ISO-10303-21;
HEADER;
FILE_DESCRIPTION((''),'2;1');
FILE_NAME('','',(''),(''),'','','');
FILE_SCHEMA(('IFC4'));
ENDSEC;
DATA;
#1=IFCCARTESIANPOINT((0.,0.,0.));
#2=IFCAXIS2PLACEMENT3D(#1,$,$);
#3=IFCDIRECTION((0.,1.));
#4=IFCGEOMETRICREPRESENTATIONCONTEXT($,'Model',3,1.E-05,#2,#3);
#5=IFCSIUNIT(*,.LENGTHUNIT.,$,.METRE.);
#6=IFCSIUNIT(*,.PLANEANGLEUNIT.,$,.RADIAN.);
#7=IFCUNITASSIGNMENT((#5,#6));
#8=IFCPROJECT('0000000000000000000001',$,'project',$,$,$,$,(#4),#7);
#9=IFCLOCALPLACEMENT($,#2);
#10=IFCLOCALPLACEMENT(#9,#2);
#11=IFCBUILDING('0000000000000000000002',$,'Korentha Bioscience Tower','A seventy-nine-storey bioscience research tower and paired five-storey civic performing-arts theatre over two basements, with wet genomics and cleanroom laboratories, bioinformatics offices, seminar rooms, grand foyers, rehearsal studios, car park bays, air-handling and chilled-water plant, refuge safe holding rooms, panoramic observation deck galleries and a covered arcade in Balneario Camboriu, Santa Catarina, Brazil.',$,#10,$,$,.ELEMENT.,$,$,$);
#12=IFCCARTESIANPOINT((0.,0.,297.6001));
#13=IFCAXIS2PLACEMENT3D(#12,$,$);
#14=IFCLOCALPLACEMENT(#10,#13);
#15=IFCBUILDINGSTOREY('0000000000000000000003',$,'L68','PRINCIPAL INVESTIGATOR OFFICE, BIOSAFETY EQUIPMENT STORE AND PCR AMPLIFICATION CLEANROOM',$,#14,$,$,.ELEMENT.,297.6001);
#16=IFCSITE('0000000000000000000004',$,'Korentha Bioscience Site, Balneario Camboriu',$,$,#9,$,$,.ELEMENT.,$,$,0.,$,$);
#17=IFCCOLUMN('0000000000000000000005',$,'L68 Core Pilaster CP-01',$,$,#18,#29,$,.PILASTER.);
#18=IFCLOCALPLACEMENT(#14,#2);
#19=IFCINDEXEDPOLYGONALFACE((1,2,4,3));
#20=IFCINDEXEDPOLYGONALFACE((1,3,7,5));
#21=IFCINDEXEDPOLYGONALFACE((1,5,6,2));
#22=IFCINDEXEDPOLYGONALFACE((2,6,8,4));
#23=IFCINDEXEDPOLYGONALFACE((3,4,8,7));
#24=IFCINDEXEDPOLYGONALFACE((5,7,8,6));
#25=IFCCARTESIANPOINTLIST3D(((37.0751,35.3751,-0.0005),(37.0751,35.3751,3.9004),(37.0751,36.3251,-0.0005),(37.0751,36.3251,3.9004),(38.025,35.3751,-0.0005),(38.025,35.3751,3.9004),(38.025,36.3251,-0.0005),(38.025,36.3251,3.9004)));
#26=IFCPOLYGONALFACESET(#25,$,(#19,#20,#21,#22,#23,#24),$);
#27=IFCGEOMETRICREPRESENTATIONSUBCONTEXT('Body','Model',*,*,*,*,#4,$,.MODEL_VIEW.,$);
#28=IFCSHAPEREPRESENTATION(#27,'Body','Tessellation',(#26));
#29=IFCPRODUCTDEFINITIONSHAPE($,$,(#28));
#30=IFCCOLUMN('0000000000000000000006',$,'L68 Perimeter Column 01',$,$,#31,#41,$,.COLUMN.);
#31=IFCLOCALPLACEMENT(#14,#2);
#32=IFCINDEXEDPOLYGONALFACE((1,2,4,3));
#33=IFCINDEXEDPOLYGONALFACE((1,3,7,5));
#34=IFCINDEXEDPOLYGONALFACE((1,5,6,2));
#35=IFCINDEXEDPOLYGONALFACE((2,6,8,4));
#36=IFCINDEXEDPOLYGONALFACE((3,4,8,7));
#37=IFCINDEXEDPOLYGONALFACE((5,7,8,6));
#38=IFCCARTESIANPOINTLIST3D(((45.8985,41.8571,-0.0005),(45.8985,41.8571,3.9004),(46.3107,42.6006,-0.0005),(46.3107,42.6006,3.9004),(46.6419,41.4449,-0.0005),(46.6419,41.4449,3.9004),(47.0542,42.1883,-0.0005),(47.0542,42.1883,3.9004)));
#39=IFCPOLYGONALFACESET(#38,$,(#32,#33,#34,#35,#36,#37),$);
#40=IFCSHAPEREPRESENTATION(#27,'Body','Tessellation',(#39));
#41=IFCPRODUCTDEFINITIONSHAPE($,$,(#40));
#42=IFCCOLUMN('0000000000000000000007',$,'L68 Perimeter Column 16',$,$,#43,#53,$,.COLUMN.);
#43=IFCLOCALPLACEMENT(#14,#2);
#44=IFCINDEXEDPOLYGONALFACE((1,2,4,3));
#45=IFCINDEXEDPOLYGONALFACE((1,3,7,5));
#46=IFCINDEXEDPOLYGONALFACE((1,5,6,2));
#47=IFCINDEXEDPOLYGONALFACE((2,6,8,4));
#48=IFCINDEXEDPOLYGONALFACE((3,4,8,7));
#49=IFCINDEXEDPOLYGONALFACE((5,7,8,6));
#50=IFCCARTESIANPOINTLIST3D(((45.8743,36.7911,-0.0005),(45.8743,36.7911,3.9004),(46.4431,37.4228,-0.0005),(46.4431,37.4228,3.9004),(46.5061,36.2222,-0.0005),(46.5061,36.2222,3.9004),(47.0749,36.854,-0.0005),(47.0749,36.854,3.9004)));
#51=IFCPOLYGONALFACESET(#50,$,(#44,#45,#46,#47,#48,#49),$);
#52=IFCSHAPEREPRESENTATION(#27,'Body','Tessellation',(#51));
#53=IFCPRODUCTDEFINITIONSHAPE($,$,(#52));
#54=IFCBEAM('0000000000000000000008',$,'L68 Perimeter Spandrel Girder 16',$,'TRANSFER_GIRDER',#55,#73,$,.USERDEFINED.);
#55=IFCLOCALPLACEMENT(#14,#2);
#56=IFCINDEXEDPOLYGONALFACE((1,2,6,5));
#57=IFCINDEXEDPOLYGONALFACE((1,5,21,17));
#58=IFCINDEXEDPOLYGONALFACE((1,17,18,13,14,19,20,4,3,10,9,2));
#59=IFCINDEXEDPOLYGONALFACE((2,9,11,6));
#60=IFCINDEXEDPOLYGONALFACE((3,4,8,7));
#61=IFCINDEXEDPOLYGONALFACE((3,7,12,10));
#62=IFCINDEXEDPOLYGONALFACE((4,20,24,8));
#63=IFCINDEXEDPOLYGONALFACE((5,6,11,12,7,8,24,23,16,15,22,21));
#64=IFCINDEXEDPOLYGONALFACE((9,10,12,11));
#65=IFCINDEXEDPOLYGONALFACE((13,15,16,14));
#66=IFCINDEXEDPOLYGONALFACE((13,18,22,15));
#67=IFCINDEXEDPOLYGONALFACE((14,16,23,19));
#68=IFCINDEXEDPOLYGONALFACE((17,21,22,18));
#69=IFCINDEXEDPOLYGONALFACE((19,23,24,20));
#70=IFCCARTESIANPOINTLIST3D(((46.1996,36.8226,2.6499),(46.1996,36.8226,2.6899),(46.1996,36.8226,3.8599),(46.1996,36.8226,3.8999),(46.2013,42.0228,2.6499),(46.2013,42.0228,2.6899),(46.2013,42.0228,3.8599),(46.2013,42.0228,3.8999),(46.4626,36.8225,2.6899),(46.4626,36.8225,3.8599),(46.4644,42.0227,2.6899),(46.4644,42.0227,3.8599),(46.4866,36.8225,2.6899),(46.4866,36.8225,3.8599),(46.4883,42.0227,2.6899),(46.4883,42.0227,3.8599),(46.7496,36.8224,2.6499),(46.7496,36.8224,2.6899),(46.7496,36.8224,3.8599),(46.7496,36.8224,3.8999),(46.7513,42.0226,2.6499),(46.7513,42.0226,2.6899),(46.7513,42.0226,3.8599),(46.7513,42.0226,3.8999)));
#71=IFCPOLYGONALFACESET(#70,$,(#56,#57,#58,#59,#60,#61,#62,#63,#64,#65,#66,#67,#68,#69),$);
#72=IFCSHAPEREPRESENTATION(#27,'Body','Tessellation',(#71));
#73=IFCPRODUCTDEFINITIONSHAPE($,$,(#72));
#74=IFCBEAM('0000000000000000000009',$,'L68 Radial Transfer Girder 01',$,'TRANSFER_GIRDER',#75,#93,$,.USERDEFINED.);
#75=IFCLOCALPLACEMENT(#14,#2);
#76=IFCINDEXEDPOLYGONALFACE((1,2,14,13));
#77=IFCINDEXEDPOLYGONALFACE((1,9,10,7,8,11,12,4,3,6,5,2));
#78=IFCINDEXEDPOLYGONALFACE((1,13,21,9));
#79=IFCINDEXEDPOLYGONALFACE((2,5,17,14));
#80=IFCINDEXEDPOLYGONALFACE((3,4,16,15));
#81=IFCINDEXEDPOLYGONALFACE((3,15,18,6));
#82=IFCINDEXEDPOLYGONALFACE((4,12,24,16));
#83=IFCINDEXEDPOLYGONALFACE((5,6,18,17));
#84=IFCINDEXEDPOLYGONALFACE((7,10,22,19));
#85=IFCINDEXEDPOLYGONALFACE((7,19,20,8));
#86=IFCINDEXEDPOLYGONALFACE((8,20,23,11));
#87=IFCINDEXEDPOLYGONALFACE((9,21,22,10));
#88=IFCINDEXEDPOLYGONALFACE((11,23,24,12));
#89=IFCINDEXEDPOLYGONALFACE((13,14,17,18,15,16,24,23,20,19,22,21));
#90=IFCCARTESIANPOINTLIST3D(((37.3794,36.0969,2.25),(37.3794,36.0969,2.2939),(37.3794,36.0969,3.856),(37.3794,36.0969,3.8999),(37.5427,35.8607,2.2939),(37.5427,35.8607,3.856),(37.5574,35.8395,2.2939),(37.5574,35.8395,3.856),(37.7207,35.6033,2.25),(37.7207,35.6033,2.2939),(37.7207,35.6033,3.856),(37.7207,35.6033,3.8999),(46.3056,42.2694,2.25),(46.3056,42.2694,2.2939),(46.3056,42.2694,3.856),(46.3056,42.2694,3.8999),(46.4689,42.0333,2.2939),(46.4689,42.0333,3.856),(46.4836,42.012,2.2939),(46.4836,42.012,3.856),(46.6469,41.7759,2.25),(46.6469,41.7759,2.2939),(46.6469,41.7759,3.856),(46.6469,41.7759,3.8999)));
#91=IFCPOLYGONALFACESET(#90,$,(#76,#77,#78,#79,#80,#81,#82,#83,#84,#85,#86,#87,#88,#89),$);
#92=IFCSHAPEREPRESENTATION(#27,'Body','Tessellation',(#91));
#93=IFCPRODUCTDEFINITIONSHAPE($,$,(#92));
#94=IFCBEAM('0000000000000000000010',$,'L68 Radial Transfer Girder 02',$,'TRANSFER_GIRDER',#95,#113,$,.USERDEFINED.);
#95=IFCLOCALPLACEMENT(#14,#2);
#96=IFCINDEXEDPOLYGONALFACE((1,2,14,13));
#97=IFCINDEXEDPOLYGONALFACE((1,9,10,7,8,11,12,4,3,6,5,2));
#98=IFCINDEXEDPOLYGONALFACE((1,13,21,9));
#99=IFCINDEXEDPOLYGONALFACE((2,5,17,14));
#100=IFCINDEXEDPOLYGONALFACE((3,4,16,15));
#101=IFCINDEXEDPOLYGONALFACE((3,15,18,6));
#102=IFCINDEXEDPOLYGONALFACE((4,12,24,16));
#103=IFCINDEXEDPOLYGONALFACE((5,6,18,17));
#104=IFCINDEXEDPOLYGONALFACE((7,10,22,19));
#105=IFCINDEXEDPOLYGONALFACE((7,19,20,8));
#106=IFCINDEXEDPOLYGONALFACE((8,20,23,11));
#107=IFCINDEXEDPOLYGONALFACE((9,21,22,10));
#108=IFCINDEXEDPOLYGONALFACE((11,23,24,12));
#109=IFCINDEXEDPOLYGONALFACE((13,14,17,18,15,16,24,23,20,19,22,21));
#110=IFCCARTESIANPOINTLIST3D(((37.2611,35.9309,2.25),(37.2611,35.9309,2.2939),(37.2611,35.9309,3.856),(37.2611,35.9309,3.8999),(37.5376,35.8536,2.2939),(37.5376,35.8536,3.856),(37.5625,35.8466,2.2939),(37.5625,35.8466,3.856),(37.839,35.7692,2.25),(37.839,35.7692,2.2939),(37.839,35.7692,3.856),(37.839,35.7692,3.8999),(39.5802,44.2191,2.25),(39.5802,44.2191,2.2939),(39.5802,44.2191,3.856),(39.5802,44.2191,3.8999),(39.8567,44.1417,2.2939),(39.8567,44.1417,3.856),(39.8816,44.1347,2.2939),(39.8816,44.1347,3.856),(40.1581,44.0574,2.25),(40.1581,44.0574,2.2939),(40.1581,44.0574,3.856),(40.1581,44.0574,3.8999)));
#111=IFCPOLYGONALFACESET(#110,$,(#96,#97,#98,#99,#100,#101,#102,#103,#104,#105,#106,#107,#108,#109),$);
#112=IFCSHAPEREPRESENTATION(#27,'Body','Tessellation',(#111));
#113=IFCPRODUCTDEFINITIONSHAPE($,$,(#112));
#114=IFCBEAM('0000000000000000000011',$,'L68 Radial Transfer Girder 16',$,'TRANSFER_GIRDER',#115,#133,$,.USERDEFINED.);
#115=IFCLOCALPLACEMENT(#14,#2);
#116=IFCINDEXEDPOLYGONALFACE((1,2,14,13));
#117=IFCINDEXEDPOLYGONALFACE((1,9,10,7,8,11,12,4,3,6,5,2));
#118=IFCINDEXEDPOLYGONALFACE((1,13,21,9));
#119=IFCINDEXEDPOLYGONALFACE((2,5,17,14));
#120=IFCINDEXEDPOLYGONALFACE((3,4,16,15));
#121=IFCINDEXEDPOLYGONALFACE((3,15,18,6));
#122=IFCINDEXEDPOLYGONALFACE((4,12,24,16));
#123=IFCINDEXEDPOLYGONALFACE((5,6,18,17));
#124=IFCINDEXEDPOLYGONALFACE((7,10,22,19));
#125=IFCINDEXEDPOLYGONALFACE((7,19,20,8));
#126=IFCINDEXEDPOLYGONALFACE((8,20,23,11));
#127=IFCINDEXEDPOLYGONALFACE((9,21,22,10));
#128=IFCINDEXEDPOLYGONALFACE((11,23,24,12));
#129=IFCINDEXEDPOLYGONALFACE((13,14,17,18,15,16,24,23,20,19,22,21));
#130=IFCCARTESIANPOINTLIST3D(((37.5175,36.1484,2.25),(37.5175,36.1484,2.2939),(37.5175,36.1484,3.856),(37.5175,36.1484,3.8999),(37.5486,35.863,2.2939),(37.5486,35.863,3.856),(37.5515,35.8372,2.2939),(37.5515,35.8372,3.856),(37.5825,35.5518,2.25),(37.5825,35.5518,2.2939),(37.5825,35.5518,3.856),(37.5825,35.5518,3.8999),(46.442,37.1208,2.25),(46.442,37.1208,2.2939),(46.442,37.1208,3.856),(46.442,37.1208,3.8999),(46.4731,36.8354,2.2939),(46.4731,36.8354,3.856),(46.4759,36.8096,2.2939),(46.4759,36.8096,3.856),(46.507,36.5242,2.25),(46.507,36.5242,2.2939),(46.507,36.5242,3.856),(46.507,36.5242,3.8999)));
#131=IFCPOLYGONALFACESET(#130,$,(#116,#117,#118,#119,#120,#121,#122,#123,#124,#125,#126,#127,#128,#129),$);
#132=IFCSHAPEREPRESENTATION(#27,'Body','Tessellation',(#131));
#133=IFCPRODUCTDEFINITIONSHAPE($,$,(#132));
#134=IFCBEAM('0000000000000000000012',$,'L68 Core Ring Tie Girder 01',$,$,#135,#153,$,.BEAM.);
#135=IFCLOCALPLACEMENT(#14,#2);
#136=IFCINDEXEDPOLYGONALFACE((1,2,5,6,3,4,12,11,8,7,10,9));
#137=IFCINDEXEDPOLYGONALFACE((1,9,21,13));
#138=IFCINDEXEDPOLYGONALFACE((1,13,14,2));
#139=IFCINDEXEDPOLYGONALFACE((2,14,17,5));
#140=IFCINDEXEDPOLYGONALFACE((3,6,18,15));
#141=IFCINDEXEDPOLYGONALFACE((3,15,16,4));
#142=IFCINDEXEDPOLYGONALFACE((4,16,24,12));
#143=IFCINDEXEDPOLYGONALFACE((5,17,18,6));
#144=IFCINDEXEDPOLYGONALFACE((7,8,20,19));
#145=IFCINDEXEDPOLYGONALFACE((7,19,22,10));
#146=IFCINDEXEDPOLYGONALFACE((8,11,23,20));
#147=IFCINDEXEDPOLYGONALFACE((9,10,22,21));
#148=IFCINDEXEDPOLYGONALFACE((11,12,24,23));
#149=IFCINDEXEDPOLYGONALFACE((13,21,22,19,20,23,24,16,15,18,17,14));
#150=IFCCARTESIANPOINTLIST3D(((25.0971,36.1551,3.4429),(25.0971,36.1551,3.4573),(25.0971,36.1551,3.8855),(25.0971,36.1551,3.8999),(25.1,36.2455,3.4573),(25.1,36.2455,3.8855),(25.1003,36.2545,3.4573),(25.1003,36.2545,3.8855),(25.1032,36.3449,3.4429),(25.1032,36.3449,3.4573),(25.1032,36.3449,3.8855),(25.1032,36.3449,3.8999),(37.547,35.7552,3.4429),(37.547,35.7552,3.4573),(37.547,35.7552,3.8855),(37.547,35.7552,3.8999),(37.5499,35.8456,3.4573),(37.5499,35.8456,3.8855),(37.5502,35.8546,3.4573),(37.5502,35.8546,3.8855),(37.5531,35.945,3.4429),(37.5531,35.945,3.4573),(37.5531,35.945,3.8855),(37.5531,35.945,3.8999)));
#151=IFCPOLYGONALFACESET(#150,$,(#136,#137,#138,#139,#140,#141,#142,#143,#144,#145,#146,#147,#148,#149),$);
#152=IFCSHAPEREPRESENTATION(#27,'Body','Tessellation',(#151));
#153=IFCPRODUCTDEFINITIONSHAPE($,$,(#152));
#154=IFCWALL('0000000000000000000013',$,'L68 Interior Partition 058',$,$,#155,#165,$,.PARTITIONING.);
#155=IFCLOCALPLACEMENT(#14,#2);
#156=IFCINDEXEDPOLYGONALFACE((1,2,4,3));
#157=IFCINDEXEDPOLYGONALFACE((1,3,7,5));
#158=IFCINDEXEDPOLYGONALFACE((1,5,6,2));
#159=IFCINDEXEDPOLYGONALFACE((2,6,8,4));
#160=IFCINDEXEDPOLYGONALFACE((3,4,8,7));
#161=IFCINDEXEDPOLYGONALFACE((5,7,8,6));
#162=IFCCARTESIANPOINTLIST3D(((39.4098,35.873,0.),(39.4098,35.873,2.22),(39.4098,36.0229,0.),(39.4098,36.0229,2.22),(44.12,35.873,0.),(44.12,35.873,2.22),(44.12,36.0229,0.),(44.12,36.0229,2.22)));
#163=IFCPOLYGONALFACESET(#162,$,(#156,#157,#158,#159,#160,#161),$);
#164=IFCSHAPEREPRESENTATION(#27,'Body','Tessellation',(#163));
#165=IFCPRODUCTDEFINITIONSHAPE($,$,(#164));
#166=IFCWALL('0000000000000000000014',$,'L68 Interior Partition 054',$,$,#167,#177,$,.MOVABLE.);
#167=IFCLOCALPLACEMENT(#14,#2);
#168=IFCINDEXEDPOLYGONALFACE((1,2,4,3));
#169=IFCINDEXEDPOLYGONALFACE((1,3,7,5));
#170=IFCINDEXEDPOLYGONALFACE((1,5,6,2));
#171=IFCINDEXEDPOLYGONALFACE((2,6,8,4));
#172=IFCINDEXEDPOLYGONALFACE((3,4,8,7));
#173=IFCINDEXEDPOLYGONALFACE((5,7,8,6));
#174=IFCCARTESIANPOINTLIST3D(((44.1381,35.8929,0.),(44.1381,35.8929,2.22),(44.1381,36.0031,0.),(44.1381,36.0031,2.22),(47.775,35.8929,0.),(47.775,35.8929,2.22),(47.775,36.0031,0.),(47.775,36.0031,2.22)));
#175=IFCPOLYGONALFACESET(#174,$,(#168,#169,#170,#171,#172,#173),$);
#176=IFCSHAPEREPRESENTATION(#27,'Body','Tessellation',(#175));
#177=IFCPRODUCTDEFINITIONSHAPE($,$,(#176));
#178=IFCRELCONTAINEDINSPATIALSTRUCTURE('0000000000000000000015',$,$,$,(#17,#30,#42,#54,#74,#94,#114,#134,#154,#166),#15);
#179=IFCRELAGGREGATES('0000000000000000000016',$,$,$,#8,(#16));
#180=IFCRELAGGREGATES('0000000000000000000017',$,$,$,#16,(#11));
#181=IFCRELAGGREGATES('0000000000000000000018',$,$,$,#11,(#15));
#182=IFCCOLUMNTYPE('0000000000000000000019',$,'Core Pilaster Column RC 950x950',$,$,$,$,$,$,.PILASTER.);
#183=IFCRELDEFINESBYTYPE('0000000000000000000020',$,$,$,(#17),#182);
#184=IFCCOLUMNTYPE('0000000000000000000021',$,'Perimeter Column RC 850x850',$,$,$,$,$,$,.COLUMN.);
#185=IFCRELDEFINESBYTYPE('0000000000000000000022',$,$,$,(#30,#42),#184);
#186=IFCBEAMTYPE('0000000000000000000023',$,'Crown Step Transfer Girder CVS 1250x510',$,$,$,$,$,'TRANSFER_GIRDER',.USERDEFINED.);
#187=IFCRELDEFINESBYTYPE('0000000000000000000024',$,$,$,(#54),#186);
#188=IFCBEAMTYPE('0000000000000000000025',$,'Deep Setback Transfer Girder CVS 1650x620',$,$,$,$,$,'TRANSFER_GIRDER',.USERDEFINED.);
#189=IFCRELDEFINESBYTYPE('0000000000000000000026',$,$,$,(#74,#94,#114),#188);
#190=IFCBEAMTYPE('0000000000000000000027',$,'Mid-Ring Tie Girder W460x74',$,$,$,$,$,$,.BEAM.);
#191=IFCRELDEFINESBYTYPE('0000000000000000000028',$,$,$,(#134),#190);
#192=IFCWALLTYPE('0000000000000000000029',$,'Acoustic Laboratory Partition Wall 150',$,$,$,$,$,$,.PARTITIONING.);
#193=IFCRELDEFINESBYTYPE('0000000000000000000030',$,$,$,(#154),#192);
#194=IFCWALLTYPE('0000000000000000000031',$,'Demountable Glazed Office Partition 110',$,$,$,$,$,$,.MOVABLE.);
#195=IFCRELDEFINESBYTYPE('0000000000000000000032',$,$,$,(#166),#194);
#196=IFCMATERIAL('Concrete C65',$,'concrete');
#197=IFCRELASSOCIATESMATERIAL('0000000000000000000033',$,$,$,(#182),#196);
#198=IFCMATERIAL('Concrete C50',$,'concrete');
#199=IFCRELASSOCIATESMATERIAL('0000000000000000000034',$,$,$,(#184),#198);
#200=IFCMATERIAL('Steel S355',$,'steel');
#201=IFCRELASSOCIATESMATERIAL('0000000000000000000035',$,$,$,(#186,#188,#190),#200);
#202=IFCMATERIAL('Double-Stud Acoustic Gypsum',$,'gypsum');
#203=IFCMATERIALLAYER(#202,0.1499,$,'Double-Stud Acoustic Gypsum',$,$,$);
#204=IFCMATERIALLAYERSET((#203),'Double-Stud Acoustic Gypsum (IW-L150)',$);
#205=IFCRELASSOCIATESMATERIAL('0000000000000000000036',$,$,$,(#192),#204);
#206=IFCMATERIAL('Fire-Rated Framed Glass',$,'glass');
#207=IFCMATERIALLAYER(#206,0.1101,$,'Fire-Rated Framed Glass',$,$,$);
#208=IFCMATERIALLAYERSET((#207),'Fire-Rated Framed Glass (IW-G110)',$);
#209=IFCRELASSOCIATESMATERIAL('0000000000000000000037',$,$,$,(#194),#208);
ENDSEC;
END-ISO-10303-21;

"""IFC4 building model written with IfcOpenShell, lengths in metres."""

from ifc_helpers import new_model, si_unit, direction, frame, frame_2d, origin, origin_2d, place, context, subcontext, project, spatial, rectangle, i_section, extrude, material, layer, layer_set, material_profile, profile_set, type_object, element, save


model = new_model("IFC4")

# Units and contexts
model_context = context("Model", 3, precision=1e-05, world=origin(), true_north=direction((0.0, 1.0)))
body_context = subcontext(model_context, "Body", "Model", "MODEL_VIEW")
ifc_project = project(units=[si_unit("LENGTHUNIT", "METRE"), si_unit("PLANEANGLEUNIT", "RADIAN")], contexts=[model_context])

# Site, building, storey
site_placement = place(None, origin())
site = spatial("IfcSite", under=ifc_project, at=site_placement, Name="Korentha Bioscience Site, Balneario Camboriu", CompositionType="ELEMENT", RefElevation=0.0)
building_placement = place(site_placement, origin())
building = spatial("IfcBuilding", under=site, at=building_placement, Name="Korentha Bioscience Tower", Description="A seventy-nine-storey bioscience research tower and paired five-storey civic performing-arts theatre over two basements, with wet genomics and cleanroom laboratories, bioinformatics offices, seminar rooms, grand foyers, rehearsal studios, car park bays, air-handling and chilled-water plant, refuge safe holding rooms, panoramic observation deck galleries and a covered arcade in Balneario Camboriu, Santa Catarina, Brazil.", CompositionType="ELEMENT")
storey_placement = place(building_placement, frame((0.0, 0.0, 297.6001)))
storey = spatial("IfcBuildingStorey", under=building, at=storey_placement, Name="L68", Description="PRINCIPAL INVESTIGATOR OFFICE, BIOSAFETY EQUIPMENT STORE AND PCR AMPLIFICATION CLEANROOM", CompositionType="ELEMENT", Elevation=297.6001)

# Columns
ifc_material_1 = material(Name="Concrete C65", Category="concrete")
ifc_material_profile_1 = material_profile(ifc_material_1, rectangle(XDim=0.95, YDim=0.95, at=origin_2d()), Name="Concrete C65")
ifc_profile_set_1 = profile_set([ifc_material_profile_1], Name="Concrete C65 (COL-CP09)")
column_type_1 = type_object("IfcColumnType", Name="Core Pilaster Column RC 950x950", PredefinedType="PILASTER", material=ifc_profile_set_1)
column_placement = place(storey_placement, frame((37.55, 35.8501, -0.0005), z_axis=(0.0, 0.0, 1.0), x_axis=(1.0, 0.0, 0.0)))
element("IfcColumn", 1, at=column_placement, inside=storey, type_object=column_type_1, Name="L68 Core Pilaster CP-01", PredefinedType="PILASTER", context=body_context, shape_type="SweptSolid", body=[
    extrude(rectangle(XDim=0.95, YDim=0.95, at=origin_2d()), origin(), (0.0, 0.0, 1.0), 3.9009),
])
ifc_material_2 = material(Name="Concrete C50", Category="concrete")
ifc_material_profile_2 = material_profile(ifc_material_2, rectangle(XDim=0.8501, YDim=0.8501, at=origin_2d()), Name="Concrete C50")
ifc_profile_set_2 = profile_set([ifc_material_profile_2], Name="Concrete C50 (COL-P08)")
column_type_2 = type_object("IfcColumnType", Name="Perimeter Column RC 850x850", PredefinedType="COLUMN", material=ifc_profile_set_2)
for number, where, z_axis, x_axis, name in (
    (2, (46.4763, 42.0227, -0.0005), (0.0, 0.0, 1.0), (-0.874535, 0.484962, 0.0), "L68 Perimeter Column 01"),
    (3, (46.4746, 36.8225, -0.0005), (0.0, 0.0, 1.0), (0.669131, 0.743145, 0.0), "L68 Perimeter Column 16"),
):
    element("IfcColumn", number, at=place(storey_placement, frame(where, z_axis=z_axis, x_axis=x_axis)), inside=storey, type_object=column_type_2, Name=name, PredefinedType="COLUMN", context=body_context, shape_type="SweptSolid", body=[
        extrude(rectangle(XDim=0.8501, YDim=0.8501, at=origin_2d()), origin(), (0.0, 0.0, 1.0), 3.9009),
    ])

# Beams
ifc_material_3 = material(Name="Steel S355", Category="steel")
ifc_material_profile_3 = material_profile(ifc_material_3, i_section(OverallWidth=0.55, OverallDepth=1.25, WebThickness=0.0239, FlangeThickness=0.04, at=origin_2d()), Name="Steel S355")
ifc_profile_set_3 = profile_set([ifc_material_profile_3], Name="Steel S355 (TG-03)")
beam_type_1 = type_object("IfcBeamType", Name="Crown Step Transfer Girder CVS 1250x510", ElementType="TRANSFER_GIRDER", PredefinedType="USERDEFINED", material=ifc_profile_set_3)
beam_1_placement = place(storey_placement, frame((46.4746, 36.8225, 3.2749), z_axis=(0.000329, 1.0, 0.0), x_axis=(-1.0, 0.000329, 0.0)))
element("IfcBeam", 4, at=beam_1_placement, inside=storey, type_object=beam_type_1, Name="L68 Perimeter Spandrel Girder 16", ObjectType="TRANSFER_GIRDER", PredefinedType="USERDEFINED", context=body_context, shape_type="SweptSolid", body=[
    extrude(i_section(OverallWidth=0.55, OverallDepth=1.25, WebThickness=0.0239, FlangeThickness=0.04, at=origin_2d()), origin(), (0.0, 0.0, 1.0), 5.2002),
])
ifc_material_profile_4 = material_profile(ifc_material_3, i_section(OverallWidth=0.6001, OverallDepth=1.6499, WebThickness=0.0259, FlangeThickness=0.0439, at=origin_2d()), Name="Steel S355")
ifc_profile_set_4 = profile_set([ifc_material_profile_4], Name="Steel S355 (TG-04)")
beam_type_2 = type_object("IfcBeamType", Name="Deep Setback Transfer Girder CVS 1650x620", ElementType="TRANSFER_GIRDER", PredefinedType="USERDEFINED", material=ifc_profile_set_4)
beam_2_placement = place(storey_placement, frame((37.55, 35.8501, 3.075), z_axis=(0.822499, 0.568767, 0.0), x_axis=(-0.568767, 0.822499, 0.0)))
element("IfcBeam", 5, at=beam_2_placement, inside=storey, type_object=beam_type_2, Name="L68 Radial Transfer Girder 01", ObjectType="TRANSFER_GIRDER", PredefinedType="USERDEFINED", context=body_context, shape_type="SweptSolid", body=[
    extrude(i_section(OverallWidth=0.6001, OverallDepth=1.6499, WebThickness=0.0259, FlangeThickness=0.0439, at=origin_2d()), origin(), (0.0, 0.0, 1.0), 10.8525),
])
beam_3_placement = place(storey_placement, frame((37.55, 35.8501, 3.075), z_axis=(0.269461, 0.963011, 0.0), x_axis=(-0.963011, 0.269461, 0.0)))
element("IfcBeam", 6, at=beam_3_placement, inside=storey, type_object=beam_type_2, Name="L68 Radial Transfer Girder 02", ObjectType="TRANSFER_GIRDER", PredefinedType="USERDEFINED", context=body_context, shape_type="SweptSolid", body=[
    extrude(i_section(OverallWidth=0.6001, OverallDepth=1.6499, WebThickness=0.0259, FlangeThickness=0.0439, at=origin_2d()), origin(), (0.0, 0.0, 1.0), 8.6064),
])
beam_4_placement = place(storey_placement, frame((37.55, 35.8501, 3.075), z_axis=(0.994116, 0.108318, 0.0), x_axis=(-0.108318, 0.994116, 0.0)))
element("IfcBeam", 7, at=beam_4_placement, inside=storey, type_object=beam_type_2, Name="L68 Radial Transfer Girder 16", ObjectType="TRANSFER_GIRDER", PredefinedType="USERDEFINED", context=body_context, shape_type="SweptSolid", body=[
    extrude(i_section(OverallWidth=0.6001, OverallDepth=1.6499, WebThickness=0.0259, FlangeThickness=0.0439, at=origin_2d()), origin(), (0.0, 0.0, 1.0), 8.9773),
])
ifc_material_profile_5 = material_profile(ifc_material_3, i_section(OverallWidth=0.1899, OverallDepth=0.457, WebThickness=0.009, FlangeThickness=0.0144, at=origin_2d()), Name="Steel S355")
ifc_profile_set_5 = profile_set([ifc_material_profile_5], Name="Steel S355 (MB-460)")
beam_type_3 = type_object("IfcBeamType", Name="Mid-Ring Tie Girder W460x74", PredefinedType="BEAM", material=ifc_profile_set_5)
beam_5_placement = place(storey_placement, frame((37.55, 35.8501, 3.6714), z_axis=(-0.999485, 0.032104, 0.0), x_axis=(-0.032104, -0.999485, 0.0)))
element("IfcBeam", 8, at=beam_5_placement, inside=storey, type_object=beam_type_3, Name="L68 Core Ring Tie Girder 01", PredefinedType="BEAM", context=body_context, shape_type="SweptSolid", body=[
    extrude(i_section(OverallWidth=0.1899, OverallDepth=0.457, WebThickness=0.009, FlangeThickness=0.0144, at=origin_2d()), origin(), (0.0, 0.0, 1.0), 12.4563),
])

# Shared definitions
ifc_material_4 = material(Name="Double-Stud Acoustic Gypsum", Category="gypsum")
ifc_layer_1 = layer(ifc_material_4, 0.1499, Name="Double-Stud Acoustic Gypsum")
ifc_layer_set_1 = layer_set([ifc_layer_1], Name="Double-Stud Acoustic Gypsum (IW-L150)")
wall_type_1 = type_object("IfcWallType", Name="Acoustic Laboratory Partition Wall 150", PredefinedType="PARTITIONING", material=ifc_layer_set_1)

# Walls
wall_1_placement = place(storey_placement, frame((39.4099, 35.948, 0.0), z_axis=(0.0, 0.0, 1.0), x_axis=(1.0, 0.0, 0.0)))
element("IfcWall", 9, at=wall_1_placement, inside=storey, type_object=wall_type_1, Name="L68 Interior Partition 058", PredefinedType="PARTITIONING", context=body_context, shape_type="SweptSolid", body=[
    extrude(rectangle(XDim=4.7102, YDim=0.1499, at=frame_2d((2.355, 0.0))), origin(), (0.0, 0.0, 1.0), 2.22),
])
ifc_material_5 = material(Name="Fire-Rated Framed Glass", Category="glass")
ifc_layer_2 = layer(ifc_material_5, 0.1101, Name="Fire-Rated Framed Glass")
ifc_layer_set_2 = layer_set([ifc_layer_2], Name="Fire-Rated Framed Glass (IW-G110)")
wall_type_2 = type_object("IfcWallType", Name="Demountable Glazed Office Partition 110", PredefinedType="MOVABLE", material=ifc_layer_set_2)
wall_2_placement = place(storey_placement, frame((44.1382, 35.948, 0.0), z_axis=(0.0, 0.0, 1.0), x_axis=(1.0, 0.0, 0.0)))
element("IfcWall", 10, at=wall_2_placement, inside=storey, type_object=wall_type_2, Name="L68 Interior Partition 054", PredefinedType="MOVABLE", context=body_context, shape_type="SweptSolid", body=[
    extrude(rectangle(XDim=3.637, YDim=0.1101, at=frame_2d((1.8184, 0.0))), origin(), (0.0, 0.0, 1.0), 2.22),
])

save(model, "model.ifc")
